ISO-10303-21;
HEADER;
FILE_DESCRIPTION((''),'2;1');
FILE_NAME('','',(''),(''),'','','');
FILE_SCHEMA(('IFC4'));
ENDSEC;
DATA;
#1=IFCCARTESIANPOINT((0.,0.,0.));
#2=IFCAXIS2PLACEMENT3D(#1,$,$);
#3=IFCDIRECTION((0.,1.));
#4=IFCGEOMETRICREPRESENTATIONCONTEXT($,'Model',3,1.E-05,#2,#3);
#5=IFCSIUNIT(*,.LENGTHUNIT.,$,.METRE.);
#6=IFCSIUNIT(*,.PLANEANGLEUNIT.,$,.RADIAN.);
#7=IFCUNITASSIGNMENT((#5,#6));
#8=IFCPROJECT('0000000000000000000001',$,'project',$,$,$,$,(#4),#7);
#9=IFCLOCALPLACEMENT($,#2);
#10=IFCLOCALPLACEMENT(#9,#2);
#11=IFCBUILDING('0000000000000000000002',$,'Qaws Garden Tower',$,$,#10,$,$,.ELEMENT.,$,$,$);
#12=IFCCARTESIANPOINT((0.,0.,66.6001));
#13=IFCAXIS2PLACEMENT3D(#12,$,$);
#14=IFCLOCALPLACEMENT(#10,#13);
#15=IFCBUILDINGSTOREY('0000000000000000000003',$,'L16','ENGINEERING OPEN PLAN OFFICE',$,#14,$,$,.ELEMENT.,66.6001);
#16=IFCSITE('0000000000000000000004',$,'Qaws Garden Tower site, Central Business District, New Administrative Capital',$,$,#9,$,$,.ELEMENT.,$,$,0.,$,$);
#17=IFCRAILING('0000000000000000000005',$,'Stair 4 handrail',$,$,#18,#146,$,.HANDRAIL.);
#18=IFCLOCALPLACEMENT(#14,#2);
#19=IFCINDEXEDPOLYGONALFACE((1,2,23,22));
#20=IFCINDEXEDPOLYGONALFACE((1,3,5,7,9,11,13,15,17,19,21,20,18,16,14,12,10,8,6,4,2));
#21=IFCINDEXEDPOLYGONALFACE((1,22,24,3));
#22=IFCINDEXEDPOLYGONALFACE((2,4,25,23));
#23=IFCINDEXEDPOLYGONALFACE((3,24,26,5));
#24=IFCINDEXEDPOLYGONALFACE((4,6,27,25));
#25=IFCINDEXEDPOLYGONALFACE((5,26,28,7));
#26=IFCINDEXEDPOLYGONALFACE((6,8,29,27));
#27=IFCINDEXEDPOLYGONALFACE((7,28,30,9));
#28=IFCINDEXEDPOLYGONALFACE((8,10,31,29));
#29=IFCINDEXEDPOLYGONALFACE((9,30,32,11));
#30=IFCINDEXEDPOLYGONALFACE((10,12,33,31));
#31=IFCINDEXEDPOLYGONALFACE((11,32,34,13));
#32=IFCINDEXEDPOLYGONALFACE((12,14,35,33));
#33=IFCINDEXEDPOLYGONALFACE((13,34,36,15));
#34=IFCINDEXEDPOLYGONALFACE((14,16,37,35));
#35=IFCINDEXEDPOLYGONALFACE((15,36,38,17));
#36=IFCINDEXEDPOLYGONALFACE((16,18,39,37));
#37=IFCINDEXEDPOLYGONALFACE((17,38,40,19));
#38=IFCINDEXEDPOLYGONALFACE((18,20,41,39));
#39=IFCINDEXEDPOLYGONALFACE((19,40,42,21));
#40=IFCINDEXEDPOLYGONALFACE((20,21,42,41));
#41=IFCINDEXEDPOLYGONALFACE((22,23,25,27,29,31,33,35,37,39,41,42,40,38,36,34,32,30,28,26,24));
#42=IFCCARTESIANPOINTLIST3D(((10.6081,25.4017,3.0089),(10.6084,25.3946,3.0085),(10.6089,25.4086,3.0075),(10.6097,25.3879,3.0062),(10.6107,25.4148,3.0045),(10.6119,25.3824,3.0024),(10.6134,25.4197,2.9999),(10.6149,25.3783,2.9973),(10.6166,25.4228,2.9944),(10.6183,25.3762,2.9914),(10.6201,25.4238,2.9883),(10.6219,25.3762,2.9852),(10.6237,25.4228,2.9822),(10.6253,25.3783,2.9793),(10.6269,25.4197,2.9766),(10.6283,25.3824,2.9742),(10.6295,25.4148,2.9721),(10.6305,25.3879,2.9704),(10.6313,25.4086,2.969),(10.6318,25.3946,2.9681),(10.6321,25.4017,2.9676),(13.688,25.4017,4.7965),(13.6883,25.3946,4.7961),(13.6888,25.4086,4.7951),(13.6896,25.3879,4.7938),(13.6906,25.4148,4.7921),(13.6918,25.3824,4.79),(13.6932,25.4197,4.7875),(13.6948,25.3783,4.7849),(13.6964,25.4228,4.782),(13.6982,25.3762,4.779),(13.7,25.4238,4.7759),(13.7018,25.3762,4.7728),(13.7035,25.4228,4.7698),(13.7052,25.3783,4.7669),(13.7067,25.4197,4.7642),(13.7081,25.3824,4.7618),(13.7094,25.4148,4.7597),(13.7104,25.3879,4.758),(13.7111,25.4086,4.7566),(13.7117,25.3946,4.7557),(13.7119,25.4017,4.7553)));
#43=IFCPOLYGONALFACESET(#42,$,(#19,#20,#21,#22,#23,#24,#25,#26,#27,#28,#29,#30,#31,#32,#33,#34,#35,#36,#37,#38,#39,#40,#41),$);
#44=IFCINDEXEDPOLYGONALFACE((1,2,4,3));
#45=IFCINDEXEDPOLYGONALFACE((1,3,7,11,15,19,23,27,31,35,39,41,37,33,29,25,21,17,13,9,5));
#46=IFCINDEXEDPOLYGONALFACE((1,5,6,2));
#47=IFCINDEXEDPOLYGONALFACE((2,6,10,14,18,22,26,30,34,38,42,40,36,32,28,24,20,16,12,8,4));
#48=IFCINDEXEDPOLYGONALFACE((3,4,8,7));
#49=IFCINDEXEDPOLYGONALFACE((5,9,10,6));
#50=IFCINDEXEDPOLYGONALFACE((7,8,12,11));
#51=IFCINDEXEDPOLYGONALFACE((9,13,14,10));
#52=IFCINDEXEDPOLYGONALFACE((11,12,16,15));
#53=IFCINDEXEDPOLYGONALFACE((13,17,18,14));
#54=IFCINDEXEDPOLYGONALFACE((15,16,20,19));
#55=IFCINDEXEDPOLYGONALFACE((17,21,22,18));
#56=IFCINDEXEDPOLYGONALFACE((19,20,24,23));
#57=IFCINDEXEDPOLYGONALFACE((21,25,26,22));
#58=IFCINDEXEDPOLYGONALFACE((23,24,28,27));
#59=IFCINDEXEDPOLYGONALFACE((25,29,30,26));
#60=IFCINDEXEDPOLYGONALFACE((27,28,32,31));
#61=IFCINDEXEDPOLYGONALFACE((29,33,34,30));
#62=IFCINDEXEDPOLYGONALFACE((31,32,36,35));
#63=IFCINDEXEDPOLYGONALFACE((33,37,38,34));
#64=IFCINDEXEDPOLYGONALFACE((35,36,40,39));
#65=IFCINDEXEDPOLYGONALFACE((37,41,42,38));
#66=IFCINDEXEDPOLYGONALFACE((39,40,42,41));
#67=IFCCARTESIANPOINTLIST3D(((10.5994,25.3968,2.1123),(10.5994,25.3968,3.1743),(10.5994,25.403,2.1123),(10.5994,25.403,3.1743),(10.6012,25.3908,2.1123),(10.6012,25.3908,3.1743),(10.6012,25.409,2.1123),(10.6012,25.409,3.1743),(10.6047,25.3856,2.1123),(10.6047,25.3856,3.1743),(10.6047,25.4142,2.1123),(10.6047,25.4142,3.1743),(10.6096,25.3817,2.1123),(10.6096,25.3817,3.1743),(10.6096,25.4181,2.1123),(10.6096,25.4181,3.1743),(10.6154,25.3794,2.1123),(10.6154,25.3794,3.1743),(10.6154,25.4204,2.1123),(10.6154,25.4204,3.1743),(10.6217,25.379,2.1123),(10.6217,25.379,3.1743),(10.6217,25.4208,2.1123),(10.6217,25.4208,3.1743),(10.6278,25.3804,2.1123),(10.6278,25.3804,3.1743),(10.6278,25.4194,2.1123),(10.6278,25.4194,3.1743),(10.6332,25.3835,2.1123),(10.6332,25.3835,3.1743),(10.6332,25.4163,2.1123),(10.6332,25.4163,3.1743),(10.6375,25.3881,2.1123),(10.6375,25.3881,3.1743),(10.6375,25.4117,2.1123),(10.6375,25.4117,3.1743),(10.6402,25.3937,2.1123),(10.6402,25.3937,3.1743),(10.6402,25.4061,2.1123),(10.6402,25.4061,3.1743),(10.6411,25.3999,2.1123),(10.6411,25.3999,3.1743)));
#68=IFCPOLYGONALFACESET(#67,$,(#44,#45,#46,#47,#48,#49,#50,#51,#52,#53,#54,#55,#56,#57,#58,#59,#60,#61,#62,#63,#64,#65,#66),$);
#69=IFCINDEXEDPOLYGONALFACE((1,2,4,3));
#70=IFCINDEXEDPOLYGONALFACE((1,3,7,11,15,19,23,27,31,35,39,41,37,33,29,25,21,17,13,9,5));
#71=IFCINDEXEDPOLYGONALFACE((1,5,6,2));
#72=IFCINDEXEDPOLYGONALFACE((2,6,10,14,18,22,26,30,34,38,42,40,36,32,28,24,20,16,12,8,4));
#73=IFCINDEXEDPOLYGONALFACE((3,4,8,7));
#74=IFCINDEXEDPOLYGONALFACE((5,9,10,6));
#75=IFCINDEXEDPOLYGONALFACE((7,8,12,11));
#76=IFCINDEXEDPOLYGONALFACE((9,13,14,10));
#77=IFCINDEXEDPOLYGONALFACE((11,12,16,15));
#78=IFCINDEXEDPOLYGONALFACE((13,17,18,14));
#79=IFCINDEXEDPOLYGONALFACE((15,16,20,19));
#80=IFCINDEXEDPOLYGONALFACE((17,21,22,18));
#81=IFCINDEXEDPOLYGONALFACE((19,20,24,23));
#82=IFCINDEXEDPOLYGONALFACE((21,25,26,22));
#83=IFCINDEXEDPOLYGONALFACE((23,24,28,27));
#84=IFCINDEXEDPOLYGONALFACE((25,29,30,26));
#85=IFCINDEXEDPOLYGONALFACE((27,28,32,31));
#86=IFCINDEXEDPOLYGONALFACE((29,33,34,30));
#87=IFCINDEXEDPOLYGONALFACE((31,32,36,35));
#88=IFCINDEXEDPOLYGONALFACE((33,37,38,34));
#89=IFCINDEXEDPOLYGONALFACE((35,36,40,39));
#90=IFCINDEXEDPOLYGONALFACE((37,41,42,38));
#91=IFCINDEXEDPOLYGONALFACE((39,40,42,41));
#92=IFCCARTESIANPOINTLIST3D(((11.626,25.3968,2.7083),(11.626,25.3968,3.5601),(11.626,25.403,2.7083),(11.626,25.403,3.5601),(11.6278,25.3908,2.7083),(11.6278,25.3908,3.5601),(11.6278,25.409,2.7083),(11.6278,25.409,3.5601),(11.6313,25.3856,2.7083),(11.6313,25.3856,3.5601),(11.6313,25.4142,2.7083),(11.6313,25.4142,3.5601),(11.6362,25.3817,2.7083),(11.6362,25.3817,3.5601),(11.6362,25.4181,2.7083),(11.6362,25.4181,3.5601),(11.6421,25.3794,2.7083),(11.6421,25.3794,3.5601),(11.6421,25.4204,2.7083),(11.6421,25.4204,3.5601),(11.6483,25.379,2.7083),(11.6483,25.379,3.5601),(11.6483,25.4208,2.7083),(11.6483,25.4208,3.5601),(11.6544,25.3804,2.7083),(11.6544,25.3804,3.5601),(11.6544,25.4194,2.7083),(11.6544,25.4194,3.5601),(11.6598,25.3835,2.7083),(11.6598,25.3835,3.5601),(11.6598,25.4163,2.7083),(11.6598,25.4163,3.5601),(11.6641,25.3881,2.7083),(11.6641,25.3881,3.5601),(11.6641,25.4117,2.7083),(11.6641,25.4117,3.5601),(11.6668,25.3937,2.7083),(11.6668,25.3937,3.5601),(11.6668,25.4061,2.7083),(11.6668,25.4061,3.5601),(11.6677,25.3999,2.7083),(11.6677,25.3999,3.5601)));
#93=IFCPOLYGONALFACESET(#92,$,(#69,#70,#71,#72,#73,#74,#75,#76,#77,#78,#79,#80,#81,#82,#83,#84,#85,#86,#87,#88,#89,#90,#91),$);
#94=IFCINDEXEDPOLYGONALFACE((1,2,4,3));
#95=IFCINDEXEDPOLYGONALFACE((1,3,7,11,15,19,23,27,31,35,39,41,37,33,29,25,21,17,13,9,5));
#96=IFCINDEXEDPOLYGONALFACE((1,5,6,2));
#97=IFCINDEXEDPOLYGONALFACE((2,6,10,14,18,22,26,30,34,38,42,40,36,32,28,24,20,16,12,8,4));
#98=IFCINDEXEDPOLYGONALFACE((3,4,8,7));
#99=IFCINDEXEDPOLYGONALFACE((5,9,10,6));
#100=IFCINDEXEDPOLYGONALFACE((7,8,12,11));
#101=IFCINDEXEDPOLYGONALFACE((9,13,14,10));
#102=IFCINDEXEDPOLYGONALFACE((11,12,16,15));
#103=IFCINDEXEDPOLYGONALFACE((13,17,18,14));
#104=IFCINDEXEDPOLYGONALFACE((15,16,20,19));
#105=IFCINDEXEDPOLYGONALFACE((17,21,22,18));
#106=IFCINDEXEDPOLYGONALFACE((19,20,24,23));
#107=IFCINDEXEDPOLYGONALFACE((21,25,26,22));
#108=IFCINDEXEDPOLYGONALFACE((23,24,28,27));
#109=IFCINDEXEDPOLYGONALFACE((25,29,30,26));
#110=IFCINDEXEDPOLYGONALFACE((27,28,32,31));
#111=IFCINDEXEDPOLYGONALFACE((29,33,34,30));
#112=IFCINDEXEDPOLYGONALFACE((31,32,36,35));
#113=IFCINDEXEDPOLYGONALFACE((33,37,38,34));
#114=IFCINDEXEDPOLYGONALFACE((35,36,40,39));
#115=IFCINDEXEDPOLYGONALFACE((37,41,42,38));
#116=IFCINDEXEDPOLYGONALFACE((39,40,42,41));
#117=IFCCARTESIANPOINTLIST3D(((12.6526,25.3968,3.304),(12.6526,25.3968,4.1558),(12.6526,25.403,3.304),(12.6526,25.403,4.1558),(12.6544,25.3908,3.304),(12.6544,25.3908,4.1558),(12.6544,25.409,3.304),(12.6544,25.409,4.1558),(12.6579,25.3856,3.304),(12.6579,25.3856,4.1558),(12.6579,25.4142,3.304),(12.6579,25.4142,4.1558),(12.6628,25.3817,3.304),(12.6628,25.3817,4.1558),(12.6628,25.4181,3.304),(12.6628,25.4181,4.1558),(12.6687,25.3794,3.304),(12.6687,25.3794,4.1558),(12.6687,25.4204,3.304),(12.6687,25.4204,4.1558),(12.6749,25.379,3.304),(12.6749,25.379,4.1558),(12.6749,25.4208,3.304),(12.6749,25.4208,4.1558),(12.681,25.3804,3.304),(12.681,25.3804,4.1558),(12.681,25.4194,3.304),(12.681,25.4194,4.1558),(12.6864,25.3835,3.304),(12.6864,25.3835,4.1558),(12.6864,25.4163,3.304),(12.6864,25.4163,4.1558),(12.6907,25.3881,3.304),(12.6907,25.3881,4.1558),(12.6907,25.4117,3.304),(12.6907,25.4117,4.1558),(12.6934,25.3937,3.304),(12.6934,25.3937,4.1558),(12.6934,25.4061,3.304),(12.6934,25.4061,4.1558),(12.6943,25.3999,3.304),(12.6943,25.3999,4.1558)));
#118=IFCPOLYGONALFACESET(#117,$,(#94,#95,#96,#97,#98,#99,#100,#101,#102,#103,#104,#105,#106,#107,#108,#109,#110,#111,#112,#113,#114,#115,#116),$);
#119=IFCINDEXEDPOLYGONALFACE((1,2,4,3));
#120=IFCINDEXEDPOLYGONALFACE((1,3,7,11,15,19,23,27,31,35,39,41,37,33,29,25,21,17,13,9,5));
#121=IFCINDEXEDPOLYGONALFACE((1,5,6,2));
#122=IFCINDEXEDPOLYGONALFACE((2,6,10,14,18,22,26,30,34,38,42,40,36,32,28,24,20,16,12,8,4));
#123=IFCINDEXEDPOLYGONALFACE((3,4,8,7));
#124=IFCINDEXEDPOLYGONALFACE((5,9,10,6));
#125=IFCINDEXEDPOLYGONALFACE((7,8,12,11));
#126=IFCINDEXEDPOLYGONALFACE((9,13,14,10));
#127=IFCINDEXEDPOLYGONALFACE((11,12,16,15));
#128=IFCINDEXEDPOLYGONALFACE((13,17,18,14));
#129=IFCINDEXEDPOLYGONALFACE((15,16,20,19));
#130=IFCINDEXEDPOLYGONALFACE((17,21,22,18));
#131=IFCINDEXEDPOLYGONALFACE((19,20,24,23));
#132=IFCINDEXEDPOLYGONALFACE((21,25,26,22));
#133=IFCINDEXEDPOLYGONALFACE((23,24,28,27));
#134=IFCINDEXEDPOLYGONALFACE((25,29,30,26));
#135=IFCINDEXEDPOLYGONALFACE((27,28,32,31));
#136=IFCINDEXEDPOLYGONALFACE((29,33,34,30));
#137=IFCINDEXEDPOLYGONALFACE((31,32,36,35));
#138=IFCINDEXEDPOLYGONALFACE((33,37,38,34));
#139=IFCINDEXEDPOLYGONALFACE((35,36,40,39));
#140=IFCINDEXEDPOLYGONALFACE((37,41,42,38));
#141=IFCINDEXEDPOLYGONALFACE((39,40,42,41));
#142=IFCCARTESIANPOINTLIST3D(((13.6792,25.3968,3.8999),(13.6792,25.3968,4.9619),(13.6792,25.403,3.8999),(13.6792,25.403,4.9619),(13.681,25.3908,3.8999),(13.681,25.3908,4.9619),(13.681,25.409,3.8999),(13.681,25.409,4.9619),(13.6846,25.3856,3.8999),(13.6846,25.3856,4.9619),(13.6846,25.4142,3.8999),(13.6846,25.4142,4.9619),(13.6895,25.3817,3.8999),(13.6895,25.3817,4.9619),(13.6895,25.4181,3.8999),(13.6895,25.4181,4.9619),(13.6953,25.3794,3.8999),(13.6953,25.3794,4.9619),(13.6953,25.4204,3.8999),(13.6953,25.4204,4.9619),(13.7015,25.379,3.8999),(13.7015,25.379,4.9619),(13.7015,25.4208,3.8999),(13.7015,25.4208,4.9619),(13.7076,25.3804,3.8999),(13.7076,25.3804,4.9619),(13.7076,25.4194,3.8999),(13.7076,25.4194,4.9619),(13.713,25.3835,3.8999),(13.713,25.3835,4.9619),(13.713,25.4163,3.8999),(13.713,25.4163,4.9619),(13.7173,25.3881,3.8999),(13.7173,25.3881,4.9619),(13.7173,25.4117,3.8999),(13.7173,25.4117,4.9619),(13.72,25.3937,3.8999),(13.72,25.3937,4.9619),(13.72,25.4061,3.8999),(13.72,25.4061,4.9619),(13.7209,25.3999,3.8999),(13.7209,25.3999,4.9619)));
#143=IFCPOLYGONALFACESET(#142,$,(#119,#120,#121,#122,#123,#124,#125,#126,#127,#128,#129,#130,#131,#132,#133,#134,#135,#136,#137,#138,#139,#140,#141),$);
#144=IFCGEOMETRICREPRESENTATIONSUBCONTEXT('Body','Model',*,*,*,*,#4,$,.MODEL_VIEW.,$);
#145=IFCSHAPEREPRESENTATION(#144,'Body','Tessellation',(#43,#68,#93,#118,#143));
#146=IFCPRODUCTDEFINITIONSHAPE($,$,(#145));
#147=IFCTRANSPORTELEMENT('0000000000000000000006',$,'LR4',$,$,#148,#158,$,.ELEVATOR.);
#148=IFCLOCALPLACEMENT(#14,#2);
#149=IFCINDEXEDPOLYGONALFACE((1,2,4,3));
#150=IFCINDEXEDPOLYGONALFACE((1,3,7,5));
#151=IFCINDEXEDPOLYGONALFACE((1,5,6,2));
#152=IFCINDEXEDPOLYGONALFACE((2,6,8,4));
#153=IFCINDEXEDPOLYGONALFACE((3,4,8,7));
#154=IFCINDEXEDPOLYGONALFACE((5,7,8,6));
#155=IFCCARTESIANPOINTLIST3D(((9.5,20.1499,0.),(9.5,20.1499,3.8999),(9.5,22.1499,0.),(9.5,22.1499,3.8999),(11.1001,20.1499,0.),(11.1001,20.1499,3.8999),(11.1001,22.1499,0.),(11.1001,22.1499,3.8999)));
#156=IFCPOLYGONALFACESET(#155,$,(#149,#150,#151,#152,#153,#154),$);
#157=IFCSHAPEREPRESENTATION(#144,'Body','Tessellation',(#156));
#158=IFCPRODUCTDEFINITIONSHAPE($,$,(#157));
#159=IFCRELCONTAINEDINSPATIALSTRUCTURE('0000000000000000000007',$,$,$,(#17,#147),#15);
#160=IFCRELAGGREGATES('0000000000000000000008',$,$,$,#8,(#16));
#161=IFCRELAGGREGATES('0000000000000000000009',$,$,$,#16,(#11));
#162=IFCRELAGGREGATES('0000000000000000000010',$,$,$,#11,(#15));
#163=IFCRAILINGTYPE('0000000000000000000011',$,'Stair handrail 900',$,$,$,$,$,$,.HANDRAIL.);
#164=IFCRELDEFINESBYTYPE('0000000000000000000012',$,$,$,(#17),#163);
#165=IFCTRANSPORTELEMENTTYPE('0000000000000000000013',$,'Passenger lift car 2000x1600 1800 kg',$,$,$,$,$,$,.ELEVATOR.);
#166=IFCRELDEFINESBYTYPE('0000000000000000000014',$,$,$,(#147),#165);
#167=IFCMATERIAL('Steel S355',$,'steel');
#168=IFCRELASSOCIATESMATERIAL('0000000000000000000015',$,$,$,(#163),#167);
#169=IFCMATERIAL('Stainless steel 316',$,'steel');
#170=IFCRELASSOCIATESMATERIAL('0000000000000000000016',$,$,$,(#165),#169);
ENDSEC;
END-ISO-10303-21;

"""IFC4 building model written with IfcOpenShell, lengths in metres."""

from ifc_helpers import new_model, si_unit, direction, frame, origin, origin_2d, place, context, subcontext, project, spatial, rectangle, circle, extrude, material, type_object, element, save


model = new_model("IFC4")

# Units and contexts
model_context = context("Model", 3, precision=1e-05, world=origin(), true_north=direction((0.0, 1.0)))
body_context = subcontext(model_context, "Body", "Model", "MODEL_VIEW")
ifc_project = project(units=[si_unit("LENGTHUNIT", "METRE"), si_unit("PLANEANGLEUNIT", "RADIAN")], contexts=[model_context])

# Site, building, storey
site_placement = place(None, origin())
site = spatial("IfcSite", under=ifc_project, at=site_placement, Name="Qaws Garden Tower site, Central Business District, New Administrative Capital", CompositionType="ELEMENT", RefElevation=0.0)
building_placement = place(site_placement, origin())
building = spatial("IfcBuilding", under=site, at=building_placement, Name="Qaws Garden Tower", CompositionType="ELEMENT")
storey_placement = place(building_placement, frame((0.0, 0.0, 66.6001)))
storey = spatial("IfcBuildingStorey", under=building, at=storey_placement, Name="L16", Description="ENGINEERING OPEN PLAN OFFICE", CompositionType="ELEMENT", Elevation=66.6001)

# Railing
ifc_material_1 = material(Name="Steel S355", Category="steel")
railing_type = type_object("IfcRailingType", Name="Stair handrail 900", PredefinedType="HANDRAIL", material=ifc_material_1)
railing_1_placement = place(storey_placement, frame((10.6201, 25.3999, 2.1123)))
element("IfcRailing", 1, at=railing_1_placement, inside=storey, type_object=railing_type, Name="Stair 4 handrail", PredefinedType="HANDRAIL", context=body_context, shape_type="SweptSolid", body=[
    extrude(circle(Radius=0.0239, at=origin_2d()), frame((0.0, 0.0, 0.876), z_axis=(0.864873, 0.0, 0.50199), x_axis=(0.0, 1.0, 0.0)), (0.0, 0.0, 1.0), 3.561),
    extrude(circle(Radius=0.021, at=origin_2d()), origin(), (0.0, 0.0, 1.0), 1.062),
    extrude(circle(Radius=0.021, at=origin_2d()), frame((1.0266, 0.0, 0.5959)), (0.0, 0.0, 1.0), 0.8518),
    extrude(circle(Radius=0.021, at=origin_2d()), frame((2.0532, 0.0, 1.1917)), (0.0, 0.0, 1.0), 0.8518),
    extrude(circle(Radius=0.021, at=origin_2d()), frame((3.0798, 0.0, 1.7876)), (0.0, 0.0, 1.0), 1.062),
])

# Transport element
ifc_material_2 = material(Name="Stainless steel 316", Category="steel")
transport_element_type = type_object("IfcTransportElementType", Name="Passenger lift car 2000x1600 1800 kg", PredefinedType="ELEVATOR", material=ifc_material_2)
transport_element_placement = place(storey_placement, frame((10.3, 21.1499, 0.0), z_axis=(0.0, 0.0, 1.0), x_axis=(1.0, 0.0, 0.0)))
element("IfcTransportElement", 2, at=transport_element_placement, inside=storey, type_object=transport_element_type, Name="LR4", PredefinedType="ELEVATOR", context=body_context, shape_type="SweptSolid", body=[
    extrude(rectangle(XDim=1.6001, YDim=2.0, at=origin_2d()), origin(), (0.0, 0.0, 1.0), 3.8999),
])

save(model, "model.ifc")
